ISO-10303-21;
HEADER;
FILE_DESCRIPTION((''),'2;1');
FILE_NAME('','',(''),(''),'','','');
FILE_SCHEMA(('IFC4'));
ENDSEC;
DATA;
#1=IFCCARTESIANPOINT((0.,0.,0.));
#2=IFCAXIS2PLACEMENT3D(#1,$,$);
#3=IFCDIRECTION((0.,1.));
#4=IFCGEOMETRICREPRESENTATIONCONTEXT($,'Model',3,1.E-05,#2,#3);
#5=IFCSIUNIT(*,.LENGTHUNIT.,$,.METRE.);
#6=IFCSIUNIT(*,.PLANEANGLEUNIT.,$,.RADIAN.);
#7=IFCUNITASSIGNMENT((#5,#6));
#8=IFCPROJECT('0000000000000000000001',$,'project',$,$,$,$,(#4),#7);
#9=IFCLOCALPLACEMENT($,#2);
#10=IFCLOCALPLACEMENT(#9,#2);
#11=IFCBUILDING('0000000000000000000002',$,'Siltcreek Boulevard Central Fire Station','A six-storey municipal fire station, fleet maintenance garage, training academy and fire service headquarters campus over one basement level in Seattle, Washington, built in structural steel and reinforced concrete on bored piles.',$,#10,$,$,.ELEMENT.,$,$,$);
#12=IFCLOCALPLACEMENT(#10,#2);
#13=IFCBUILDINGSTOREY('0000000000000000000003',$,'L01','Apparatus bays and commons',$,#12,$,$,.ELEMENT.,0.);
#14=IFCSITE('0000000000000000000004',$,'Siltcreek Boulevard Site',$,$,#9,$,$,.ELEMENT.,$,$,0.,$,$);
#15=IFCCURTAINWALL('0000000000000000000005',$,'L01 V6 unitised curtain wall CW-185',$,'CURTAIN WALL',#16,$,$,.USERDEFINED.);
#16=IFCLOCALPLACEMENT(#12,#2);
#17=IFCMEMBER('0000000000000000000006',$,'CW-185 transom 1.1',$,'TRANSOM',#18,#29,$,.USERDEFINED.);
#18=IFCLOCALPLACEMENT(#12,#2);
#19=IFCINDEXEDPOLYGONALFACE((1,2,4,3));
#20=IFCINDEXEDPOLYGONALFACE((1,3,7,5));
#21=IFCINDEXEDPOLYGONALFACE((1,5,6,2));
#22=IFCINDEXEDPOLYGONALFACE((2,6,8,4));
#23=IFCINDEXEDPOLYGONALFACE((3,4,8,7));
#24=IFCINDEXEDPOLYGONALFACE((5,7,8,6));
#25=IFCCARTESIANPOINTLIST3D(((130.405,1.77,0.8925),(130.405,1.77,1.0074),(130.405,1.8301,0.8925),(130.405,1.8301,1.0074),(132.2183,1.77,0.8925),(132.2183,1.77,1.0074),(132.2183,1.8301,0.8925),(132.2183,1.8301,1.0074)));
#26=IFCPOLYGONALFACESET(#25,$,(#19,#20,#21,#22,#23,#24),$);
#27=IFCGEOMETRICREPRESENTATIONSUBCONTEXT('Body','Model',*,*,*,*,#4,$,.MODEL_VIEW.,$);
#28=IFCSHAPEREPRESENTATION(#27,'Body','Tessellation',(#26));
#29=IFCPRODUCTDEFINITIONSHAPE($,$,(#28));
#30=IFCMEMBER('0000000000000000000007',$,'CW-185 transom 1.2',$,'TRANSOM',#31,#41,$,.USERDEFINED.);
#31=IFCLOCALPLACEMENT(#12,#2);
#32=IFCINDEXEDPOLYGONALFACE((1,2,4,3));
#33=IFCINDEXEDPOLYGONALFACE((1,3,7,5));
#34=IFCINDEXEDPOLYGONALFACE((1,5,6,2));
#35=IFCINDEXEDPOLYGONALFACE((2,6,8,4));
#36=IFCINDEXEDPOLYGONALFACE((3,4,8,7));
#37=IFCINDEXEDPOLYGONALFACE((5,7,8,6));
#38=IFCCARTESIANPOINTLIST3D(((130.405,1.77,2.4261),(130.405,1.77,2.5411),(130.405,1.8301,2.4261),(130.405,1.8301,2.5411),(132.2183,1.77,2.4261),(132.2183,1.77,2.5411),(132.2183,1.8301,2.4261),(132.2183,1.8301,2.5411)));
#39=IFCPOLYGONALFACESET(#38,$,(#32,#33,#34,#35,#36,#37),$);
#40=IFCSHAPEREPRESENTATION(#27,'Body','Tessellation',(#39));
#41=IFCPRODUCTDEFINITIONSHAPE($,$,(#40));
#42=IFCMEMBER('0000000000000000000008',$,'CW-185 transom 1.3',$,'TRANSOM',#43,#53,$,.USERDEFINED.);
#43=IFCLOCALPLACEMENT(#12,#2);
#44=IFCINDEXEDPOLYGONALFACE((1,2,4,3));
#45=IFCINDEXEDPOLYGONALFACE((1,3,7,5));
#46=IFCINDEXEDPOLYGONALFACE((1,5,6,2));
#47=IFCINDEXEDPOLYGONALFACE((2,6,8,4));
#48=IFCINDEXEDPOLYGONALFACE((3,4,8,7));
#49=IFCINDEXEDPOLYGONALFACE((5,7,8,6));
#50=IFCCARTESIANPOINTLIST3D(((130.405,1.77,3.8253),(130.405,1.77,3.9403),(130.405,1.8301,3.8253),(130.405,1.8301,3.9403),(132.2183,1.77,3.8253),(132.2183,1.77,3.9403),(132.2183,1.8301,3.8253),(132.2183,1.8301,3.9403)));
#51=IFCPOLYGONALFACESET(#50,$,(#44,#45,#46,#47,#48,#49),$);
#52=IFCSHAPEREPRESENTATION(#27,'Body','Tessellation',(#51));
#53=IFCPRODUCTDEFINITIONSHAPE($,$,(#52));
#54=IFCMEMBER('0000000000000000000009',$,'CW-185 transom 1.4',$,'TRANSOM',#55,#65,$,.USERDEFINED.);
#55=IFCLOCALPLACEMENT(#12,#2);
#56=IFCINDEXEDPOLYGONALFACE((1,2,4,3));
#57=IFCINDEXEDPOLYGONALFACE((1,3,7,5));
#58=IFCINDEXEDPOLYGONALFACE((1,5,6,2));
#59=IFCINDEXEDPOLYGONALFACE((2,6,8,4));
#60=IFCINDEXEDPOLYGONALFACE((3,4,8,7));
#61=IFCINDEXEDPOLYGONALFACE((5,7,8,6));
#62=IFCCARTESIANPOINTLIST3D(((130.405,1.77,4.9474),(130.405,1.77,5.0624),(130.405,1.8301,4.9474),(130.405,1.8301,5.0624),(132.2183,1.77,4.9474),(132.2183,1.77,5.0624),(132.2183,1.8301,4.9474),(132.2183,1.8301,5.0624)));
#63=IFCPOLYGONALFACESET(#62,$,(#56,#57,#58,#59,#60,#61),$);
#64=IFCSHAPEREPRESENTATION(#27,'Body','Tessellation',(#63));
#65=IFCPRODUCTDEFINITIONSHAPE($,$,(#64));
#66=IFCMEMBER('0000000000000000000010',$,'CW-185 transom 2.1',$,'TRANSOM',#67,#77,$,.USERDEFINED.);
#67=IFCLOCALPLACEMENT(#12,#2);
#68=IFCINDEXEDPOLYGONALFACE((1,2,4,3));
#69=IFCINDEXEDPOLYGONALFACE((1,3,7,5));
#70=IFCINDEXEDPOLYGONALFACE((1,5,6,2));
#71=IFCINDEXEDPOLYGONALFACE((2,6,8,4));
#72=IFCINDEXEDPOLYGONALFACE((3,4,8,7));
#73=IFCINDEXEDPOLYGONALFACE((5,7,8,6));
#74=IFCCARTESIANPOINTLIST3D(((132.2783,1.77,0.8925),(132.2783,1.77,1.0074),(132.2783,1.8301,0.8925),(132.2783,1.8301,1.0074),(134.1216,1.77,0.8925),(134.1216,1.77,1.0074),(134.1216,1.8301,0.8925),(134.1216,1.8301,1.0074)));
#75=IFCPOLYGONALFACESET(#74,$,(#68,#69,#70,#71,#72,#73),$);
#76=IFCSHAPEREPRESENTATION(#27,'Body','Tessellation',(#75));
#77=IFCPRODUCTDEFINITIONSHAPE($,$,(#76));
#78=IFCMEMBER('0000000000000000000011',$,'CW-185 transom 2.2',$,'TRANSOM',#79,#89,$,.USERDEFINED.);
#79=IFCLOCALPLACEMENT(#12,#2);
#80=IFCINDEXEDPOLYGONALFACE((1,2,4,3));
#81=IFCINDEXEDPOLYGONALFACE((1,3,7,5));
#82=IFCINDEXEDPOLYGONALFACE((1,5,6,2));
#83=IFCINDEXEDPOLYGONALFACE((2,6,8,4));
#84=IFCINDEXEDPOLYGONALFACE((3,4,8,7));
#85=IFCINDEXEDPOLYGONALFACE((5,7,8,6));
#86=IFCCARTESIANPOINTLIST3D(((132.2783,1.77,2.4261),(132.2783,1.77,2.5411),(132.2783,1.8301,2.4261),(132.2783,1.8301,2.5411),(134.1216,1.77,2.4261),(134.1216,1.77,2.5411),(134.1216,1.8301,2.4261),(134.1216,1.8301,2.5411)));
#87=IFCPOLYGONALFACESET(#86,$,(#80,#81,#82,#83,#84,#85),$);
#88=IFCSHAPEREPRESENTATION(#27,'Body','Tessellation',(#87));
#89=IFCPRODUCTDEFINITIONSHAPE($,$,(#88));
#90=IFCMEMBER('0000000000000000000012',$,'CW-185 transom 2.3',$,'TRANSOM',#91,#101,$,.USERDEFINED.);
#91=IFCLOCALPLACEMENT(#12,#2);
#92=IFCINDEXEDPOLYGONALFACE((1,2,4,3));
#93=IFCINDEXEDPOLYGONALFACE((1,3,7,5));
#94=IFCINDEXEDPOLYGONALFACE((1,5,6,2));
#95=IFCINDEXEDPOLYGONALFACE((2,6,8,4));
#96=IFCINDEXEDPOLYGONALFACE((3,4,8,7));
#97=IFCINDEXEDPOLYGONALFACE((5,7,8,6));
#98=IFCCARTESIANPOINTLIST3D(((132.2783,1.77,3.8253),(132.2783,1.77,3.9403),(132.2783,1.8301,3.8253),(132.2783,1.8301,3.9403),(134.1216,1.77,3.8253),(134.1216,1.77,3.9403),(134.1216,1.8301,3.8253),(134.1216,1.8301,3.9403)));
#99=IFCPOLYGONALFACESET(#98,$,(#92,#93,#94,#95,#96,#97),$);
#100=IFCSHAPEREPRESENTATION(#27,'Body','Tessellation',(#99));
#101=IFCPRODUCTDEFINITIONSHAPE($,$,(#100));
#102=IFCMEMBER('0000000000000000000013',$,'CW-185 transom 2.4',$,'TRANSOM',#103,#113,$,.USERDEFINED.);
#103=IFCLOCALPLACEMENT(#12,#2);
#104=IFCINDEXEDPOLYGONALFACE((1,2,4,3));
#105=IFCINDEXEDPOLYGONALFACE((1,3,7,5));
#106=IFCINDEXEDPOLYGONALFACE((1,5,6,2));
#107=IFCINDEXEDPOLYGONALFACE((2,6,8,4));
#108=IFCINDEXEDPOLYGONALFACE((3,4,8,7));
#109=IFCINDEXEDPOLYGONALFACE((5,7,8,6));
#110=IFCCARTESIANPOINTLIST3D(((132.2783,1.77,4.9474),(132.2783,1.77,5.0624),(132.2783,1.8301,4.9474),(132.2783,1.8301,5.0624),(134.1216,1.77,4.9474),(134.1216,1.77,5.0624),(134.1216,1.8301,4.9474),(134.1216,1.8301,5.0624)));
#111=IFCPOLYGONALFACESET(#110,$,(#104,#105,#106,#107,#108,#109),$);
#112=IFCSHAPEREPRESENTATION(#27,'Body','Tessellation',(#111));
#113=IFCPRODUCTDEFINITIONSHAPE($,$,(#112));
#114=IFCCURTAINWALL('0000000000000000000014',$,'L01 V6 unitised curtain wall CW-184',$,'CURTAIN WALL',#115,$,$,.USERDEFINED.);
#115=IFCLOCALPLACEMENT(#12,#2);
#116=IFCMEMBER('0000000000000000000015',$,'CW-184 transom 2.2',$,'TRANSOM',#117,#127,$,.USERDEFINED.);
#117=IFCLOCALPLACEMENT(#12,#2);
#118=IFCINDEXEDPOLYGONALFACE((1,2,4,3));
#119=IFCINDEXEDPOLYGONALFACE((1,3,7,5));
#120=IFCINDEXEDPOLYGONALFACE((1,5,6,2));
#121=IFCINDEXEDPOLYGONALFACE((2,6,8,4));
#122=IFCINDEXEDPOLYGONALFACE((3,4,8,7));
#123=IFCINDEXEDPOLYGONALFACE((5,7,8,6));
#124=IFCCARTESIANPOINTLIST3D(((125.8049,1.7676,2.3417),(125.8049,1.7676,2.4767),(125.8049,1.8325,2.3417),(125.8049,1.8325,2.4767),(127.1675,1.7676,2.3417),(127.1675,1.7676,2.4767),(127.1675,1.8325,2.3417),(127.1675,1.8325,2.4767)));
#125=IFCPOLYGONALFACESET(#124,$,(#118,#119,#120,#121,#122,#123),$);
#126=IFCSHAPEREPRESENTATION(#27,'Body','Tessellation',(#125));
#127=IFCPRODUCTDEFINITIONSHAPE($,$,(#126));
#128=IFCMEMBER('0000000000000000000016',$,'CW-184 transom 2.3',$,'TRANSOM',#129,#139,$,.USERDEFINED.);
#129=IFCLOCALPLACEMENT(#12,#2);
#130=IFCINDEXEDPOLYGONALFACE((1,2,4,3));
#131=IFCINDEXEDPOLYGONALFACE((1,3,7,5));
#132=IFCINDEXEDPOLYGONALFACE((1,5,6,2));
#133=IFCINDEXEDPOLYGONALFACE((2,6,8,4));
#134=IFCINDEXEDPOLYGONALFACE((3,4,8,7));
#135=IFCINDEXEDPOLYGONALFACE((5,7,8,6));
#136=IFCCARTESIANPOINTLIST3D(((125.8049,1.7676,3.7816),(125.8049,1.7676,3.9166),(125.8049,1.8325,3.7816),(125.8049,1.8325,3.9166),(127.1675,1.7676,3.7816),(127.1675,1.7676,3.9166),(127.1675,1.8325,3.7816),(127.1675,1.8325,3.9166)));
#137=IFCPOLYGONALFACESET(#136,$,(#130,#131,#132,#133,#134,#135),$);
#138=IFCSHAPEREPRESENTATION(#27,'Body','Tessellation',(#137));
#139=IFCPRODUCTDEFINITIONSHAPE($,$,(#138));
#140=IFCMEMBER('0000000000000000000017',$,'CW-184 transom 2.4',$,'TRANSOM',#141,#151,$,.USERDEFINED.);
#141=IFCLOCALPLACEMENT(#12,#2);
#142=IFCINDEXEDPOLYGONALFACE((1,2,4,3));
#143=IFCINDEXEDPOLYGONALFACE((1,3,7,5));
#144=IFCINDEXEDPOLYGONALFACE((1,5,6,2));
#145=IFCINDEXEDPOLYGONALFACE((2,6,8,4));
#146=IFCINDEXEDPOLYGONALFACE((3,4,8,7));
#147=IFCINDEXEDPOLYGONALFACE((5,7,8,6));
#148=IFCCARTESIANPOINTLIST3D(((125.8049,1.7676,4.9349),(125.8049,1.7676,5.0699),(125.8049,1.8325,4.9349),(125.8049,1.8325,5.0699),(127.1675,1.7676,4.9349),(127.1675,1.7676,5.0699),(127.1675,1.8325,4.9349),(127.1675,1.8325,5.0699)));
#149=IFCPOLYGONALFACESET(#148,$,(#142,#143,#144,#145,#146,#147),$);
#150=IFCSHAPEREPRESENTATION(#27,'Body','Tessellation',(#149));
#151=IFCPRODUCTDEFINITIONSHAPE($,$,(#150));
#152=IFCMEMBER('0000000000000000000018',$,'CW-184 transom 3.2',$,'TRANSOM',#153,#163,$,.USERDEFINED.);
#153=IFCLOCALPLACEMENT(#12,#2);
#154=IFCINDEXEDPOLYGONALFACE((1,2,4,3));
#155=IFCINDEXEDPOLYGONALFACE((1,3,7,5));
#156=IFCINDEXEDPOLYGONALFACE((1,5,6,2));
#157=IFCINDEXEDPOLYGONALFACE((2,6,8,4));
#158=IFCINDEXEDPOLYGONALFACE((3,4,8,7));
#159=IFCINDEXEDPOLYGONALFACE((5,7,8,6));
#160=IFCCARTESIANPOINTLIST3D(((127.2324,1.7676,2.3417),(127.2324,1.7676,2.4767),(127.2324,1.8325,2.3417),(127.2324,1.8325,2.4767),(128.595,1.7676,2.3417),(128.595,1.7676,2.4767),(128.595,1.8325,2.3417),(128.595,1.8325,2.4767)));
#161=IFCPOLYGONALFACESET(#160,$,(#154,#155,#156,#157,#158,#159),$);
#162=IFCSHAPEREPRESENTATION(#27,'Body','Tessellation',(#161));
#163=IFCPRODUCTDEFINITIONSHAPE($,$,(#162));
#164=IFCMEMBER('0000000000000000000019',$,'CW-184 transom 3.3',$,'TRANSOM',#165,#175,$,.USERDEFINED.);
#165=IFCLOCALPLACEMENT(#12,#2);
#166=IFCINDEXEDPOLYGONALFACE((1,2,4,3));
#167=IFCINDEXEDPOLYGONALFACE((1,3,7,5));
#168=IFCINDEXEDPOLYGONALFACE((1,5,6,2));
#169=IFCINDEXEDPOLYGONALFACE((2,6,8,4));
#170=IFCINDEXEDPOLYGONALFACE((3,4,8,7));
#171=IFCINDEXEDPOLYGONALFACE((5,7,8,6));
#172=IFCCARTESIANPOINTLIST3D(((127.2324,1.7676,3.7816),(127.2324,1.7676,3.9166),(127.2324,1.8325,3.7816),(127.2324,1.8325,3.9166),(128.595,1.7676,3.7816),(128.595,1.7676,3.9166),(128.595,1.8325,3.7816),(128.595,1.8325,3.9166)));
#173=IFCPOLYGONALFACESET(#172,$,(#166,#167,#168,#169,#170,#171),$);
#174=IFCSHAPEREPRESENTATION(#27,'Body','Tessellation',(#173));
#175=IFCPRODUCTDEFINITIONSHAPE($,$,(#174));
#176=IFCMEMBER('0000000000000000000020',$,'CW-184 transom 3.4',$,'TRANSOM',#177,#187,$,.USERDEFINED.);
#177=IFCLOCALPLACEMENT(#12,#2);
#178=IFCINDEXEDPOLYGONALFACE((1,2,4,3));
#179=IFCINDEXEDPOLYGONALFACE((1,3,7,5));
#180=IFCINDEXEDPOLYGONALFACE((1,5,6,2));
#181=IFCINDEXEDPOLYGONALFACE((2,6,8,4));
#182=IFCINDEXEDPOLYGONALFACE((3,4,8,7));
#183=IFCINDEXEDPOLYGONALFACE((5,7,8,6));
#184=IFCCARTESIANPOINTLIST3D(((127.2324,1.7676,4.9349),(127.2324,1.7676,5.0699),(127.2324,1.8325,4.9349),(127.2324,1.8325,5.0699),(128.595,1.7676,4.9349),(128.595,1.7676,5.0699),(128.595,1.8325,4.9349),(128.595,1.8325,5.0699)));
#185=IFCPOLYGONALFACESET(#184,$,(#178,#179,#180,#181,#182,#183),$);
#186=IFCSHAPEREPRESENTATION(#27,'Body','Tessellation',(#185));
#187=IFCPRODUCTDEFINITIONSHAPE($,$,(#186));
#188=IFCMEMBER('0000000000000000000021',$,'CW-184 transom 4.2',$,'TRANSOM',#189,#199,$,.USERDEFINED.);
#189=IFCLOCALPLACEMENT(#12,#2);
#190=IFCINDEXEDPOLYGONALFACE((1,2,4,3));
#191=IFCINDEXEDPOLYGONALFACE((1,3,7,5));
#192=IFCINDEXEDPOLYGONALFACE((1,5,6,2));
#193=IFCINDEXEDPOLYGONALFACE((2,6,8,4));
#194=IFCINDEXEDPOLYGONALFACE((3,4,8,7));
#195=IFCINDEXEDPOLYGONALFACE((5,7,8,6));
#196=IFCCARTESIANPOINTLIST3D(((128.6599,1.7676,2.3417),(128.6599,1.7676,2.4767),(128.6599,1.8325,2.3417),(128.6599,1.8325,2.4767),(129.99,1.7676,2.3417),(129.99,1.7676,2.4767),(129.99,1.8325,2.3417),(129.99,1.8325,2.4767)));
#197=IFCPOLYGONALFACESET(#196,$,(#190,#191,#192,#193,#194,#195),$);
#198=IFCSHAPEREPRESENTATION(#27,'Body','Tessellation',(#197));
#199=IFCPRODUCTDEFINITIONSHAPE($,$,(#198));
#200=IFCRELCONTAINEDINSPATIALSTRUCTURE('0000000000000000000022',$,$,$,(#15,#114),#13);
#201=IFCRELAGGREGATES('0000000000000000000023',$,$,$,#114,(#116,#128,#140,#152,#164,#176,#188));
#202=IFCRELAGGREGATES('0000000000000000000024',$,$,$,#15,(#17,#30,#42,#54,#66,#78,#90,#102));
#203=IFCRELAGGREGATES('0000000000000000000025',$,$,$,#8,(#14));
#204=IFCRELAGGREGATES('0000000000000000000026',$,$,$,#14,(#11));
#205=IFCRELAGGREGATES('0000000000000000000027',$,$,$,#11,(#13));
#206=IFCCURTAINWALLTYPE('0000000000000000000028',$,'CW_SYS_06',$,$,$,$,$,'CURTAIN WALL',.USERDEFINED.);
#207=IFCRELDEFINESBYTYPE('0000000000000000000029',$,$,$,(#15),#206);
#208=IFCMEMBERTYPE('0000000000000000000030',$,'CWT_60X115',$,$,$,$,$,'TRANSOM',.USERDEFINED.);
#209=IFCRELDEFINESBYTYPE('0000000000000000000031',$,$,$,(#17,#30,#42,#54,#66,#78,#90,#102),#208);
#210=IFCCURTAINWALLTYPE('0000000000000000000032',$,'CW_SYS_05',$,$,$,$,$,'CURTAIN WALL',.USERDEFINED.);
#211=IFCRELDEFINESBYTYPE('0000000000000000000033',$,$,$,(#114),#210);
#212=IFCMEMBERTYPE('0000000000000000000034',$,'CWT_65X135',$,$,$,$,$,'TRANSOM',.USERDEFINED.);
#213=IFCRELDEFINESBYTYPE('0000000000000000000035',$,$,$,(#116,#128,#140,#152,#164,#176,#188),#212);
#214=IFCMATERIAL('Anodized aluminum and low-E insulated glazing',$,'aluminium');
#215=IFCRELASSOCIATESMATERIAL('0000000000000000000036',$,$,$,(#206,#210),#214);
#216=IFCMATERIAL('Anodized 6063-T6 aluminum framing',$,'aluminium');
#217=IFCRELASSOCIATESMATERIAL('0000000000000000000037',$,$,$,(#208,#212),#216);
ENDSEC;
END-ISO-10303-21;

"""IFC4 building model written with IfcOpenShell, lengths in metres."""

from ifc_helpers import new_model, si_unit, direction, frame, origin, origin_2d, place, context, subcontext, project, spatial, rectangle, extrude, material, material_profile, profile_set, type_object, element, aggregate, save


model = new_model("IFC4")

# Units and contexts
model_context = context("Model", 3, precision=1e-05, world=origin(), true_north=direction((0.0, 1.0)))
body_context = subcontext(model_context, "Body", "Model", "MODEL_VIEW")
ifc_project = project(units=[si_unit("LENGTHUNIT", "METRE"), si_unit("PLANEANGLEUNIT", "RADIAN")], contexts=[model_context])

# Site, building, storey
site_placement = place(None, origin())
site = spatial("IfcSite", under=ifc_project, at=site_placement, Name="Siltcreek Boulevard Site", CompositionType="ELEMENT", RefElevation=0.0)
building_placement = place(site_placement, origin())
building = spatial("IfcBuilding", under=site, at=building_placement, Name="Siltcreek Boulevard Central Fire Station", Description="A six-storey municipal fire station, fleet maintenance garage, training academy and fire service headquarters campus over one basement level in Seattle, Washington, built in structural steel and reinforced concrete on bored piles.", CompositionType="ELEMENT")
storey_placement = place(building_placement, origin())
storey = spatial("IfcBuildingStorey", under=building, at=storey_placement, Name="L01", Description="Apparatus bays and commons", CompositionType="ELEMENT", Elevation=0.0)

# Curtain wall, members
ifc_material_1 = material(Name="Anodized aluminum and low-E insulated glazing", Category="aluminium")
curtain_wall_type_1 = type_object("IfcCurtainWallType", Name="CW_SYS_06", ElementType="CURTAIN WALL", PredefinedType="USERDEFINED", material=ifc_material_1)
curtain_wall_1_placement = place(storey_placement, origin())
curtain_wall_1 = element("IfcCurtainWall", 1, at=curtain_wall_1_placement, inside=storey, type_object=curtain_wall_type_1, Name="L01 V6 unitised curtain wall CW-185", ObjectType="CURTAIN WALL", PredefinedType="USERDEFINED")
ifc_material_2 = material(Name="Anodized 6063-T6 aluminum framing", Category="aluminium")
ifc_material_profile_1 = material_profile(ifc_material_2, rectangle(XDim=0.0601, YDim=0.115, at=origin_2d()), Name="TRAN60X115")
ifc_profile_set_1 = profile_set([ifc_material_profile_1], Name="Anodized 6063-T6 aluminum framing")
member_type_1 = type_object("IfcMemberType", Name="CWT_60X115", ElementType="TRANSOM", PredefinedType="USERDEFINED", material=ifc_profile_set_1)
member_1_placement = place(storey_placement, frame((130.405, 1.8, 0.95), z_axis=(1.0, 0.0, 0.0), x_axis=(0.0, 1.0, 0.0)))
member_1 = element("IfcMember", 2, at=member_1_placement, type_object=member_type_1, Name="CW-185 transom 1.1", ObjectType="TRANSOM", PredefinedType="USERDEFINED", context=body_context, shape_type="SweptSolid", body=[
    extrude(rectangle(XDim=0.0601, YDim=0.115, at=origin_2d()), origin(), (0.0, 0.0, 1.0), 1.8132),
])
member_2_placement = place(storey_placement, frame((130.405, 1.8, 2.4836), z_axis=(1.0, 0.0, 0.0), x_axis=(0.0, 1.0, 0.0)))
member_2 = element("IfcMember", 3, at=member_2_placement, type_object=member_type_1, Name="CW-185 transom 1.2", ObjectType="TRANSOM", PredefinedType="USERDEFINED", context=body_context, shape_type="SweptSolid", body=[
    extrude(rectangle(XDim=0.0601, YDim=0.115, at=origin_2d()), origin(), (0.0, 0.0, 1.0), 1.8132),
])
member_3_placement = place(storey_placement, frame((130.405, 1.8, 3.8828), z_axis=(1.0, 0.0, 0.0), x_axis=(0.0, 1.0, 0.0)))
member_3 = element("IfcMember", 4, at=member_3_placement, type_object=member_type_1, Name="CW-185 transom 1.3", ObjectType="TRANSOM", PredefinedType="USERDEFINED", context=body_context, shape_type="SweptSolid", body=[
    extrude(rectangle(XDim=0.0601, YDim=0.115, at=origin_2d()), origin(), (0.0, 0.0, 1.0), 1.8132),
])
member_4_placement = place(storey_placement, frame((130.405, 1.8, 5.0049), z_axis=(1.0, 0.0, 0.0), x_axis=(0.0, 1.0, 0.0)))
member_4 = element("IfcMember", 5, at=member_4_placement, type_object=member_type_1, Name="CW-185 transom 1.4", ObjectType="TRANSOM", PredefinedType="USERDEFINED", context=body_context, shape_type="SweptSolid", body=[
    extrude(rectangle(XDim=0.0601, YDim=0.115, at=origin_2d()), origin(), (0.0, 0.0, 1.0), 1.8132),
])
member_5_placement = place(storey_placement, frame((132.2783, 1.8, 0.95), z_axis=(1.0, 0.0, 0.0), x_axis=(0.0, 1.0, 0.0)))
member_5 = element("IfcMember", 6, at=member_5_placement, type_object=member_type_1, Name="CW-185 transom 2.1", ObjectType="TRANSOM", PredefinedType="USERDEFINED", context=body_context, shape_type="SweptSolid", body=[
    extrude(rectangle(XDim=0.0601, YDim=0.115, at=origin_2d()), origin(), (0.0, 0.0, 1.0), 1.8433),
])
member_6_placement = place(storey_placement, frame((132.2783, 1.8, 2.4836), z_axis=(1.0, 0.0, 0.0), x_axis=(0.0, 1.0, 0.0)))
member_6 = element("IfcMember", 7, at=member_6_placement, type_object=member_type_1, Name="CW-185 transom 2.2", ObjectType="TRANSOM", PredefinedType="USERDEFINED", context=body_context, shape_type="SweptSolid", body=[
    extrude(rectangle(XDim=0.0601, YDim=0.115, at=origin_2d()), origin(), (0.0, 0.0, 1.0), 1.8433),
])
member_7_placement = place(storey_placement, frame((132.2783, 1.8, 3.8828), z_axis=(1.0, 0.0, 0.0), x_axis=(0.0, 1.0, 0.0)))
member_7 = element("IfcMember", 8, at=member_7_placement, type_object=member_type_1, Name="CW-185 transom 2.3", ObjectType="TRANSOM", PredefinedType="USERDEFINED", context=body_context, shape_type="SweptSolid", body=[
    extrude(rectangle(XDim=0.0601, YDim=0.115, at=origin_2d()), origin(), (0.0, 0.0, 1.0), 1.8433),
])
member_8_placement = place(storey_placement, frame((132.2783, 1.8, 5.0049), z_axis=(1.0, 0.0, 0.0), x_axis=(0.0, 1.0, 0.0)))
member_8 = element("IfcMember", 9, at=member_8_placement, type_object=member_type_1, Name="CW-185 transom 2.4", ObjectType="TRANSOM", PredefinedType="USERDEFINED", context=body_context, shape_type="SweptSolid", body=[
    extrude(rectangle(XDim=0.0601, YDim=0.115, at=origin_2d()), origin(), (0.0, 0.0, 1.0), 1.8433),
])

# Curtain wall, members
curtain_wall_type_2 = type_object("IfcCurtainWallType", Name="CW_SYS_05", ElementType="CURTAIN WALL", PredefinedType="USERDEFINED", material=ifc_material_1)
curtain_wall_2_placement = place(storey_placement, origin())
curtain_wall_2 = element("IfcCurtainWall", 10, at=curtain_wall_2_placement, inside=storey, type_object=curtain_wall_type_2, Name="L01 V6 unitised curtain wall CW-184", ObjectType="CURTAIN WALL", PredefinedType="USERDEFINED")
ifc_material_profile_2 = material_profile(ifc_material_2, rectangle(XDim=0.0649, YDim=0.135, at=origin_2d()), Name="TRAN65X135")
ifc_profile_set_2 = profile_set([ifc_material_profile_2], Name="Anodized 6063-T6 aluminum framing")
member_type_2 = type_object("IfcMemberType", Name="CWT_65X135", ElementType="TRANSOM", PredefinedType="USERDEFINED", material=ifc_profile_set_2)
member_9_placement = place(storey_placement, frame((125.8049, 1.8, 2.4092), z_axis=(1.0, 0.0, 0.0), x_axis=(0.0, 1.0, 0.0)))
member_9 = element("IfcMember", 11, at=member_9_placement, type_object=member_type_2, Name="CW-184 transom 2.2", ObjectType="TRANSOM", PredefinedType="USERDEFINED", context=body_context, shape_type="SweptSolid", body=[
    extrude(rectangle(XDim=0.0649, YDim=0.135, at=origin_2d()), origin(), (0.0, 0.0, 1.0), 1.3625),
])
member_10_placement = place(storey_placement, frame((125.8049, 1.8, 3.8491), z_axis=(1.0, 0.0, 0.0), x_axis=(0.0, 1.0, 0.0)))
member_10 = element("IfcMember", 12, at=member_10_placement, type_object=member_type_2, Name="CW-184 transom 2.3", ObjectType="TRANSOM", PredefinedType="USERDEFINED", context=body_context, shape_type="SweptSolid", body=[
    extrude(rectangle(XDim=0.0649, YDim=0.135, at=origin_2d()), origin(), (0.0, 0.0, 1.0), 1.3625),
])
member_11_placement = place(storey_placement, frame((125.8049, 1.8, 5.0024), z_axis=(1.0, 0.0, 0.0), x_axis=(0.0, 1.0, 0.0)))
member_11 = element("IfcMember", 13, at=member_11_placement, type_object=member_type_2, Name="CW-184 transom 2.4", ObjectType="TRANSOM", PredefinedType="USERDEFINED", context=body_context, shape_type="SweptSolid", body=[
    extrude(rectangle(XDim=0.0649, YDim=0.135, at=origin_2d()), origin(), (0.0, 0.0, 1.0), 1.3625),
])
member_12_placement = place(storey_placement, frame((127.2324, 1.8, 2.4092), z_axis=(1.0, 0.0, 0.0), x_axis=(0.0, 1.0, 0.0)))
member_12 = element("IfcMember", 14, at=member_12_placement, type_object=member_type_2, Name="CW-184 transom 3.2", ObjectType="TRANSOM", PredefinedType="USERDEFINED", context=body_context, shape_type="SweptSolid", body=[
    extrude(rectangle(XDim=0.0649, YDim=0.135, at=origin_2d()), origin(), (0.0, 0.0, 1.0), 1.3625),
])
member_13_placement = place(storey_placement, frame((127.2324, 1.8, 3.8491), z_axis=(1.0, 0.0, 0.0), x_axis=(0.0, 1.0, 0.0)))
member_13 = element("IfcMember", 15, at=member_13_placement, type_object=member_type_2, Name="CW-184 transom 3.3", ObjectType="TRANSOM", PredefinedType="USERDEFINED", context=body_context, shape_type="SweptSolid", body=[
    extrude(rectangle(XDim=0.0649, YDim=0.135, at=origin_2d()), origin(), (0.0, 0.0, 1.0), 1.3625),
])
member_14_placement = place(storey_placement, frame((127.2324, 1.8, 5.0024), z_axis=(1.0, 0.0, 0.0), x_axis=(0.0, 1.0, 0.0)))
member_14 = element("IfcMember", 16, at=member_14_placement, type_object=member_type_2, Name="CW-184 transom 3.4", ObjectType="TRANSOM", PredefinedType="USERDEFINED", context=body_context, shape_type="SweptSolid", body=[
    extrude(rectangle(XDim=0.0649, YDim=0.135, at=origin_2d()), origin(), (0.0, 0.0, 1.0), 1.3625),
])
member_15_placement = place(storey_placement, frame((128.6599, 1.8, 2.4092), z_axis=(1.0, 0.0, 0.0), x_axis=(0.0, 1.0, 0.0)))
member_15 = element("IfcMember", 17, at=member_15_placement, type_object=member_type_2, Name="CW-184 transom 4.2", ObjectType="TRANSOM", PredefinedType="USERDEFINED", context=body_context, shape_type="SweptSolid", body=[
    extrude(rectangle(XDim=0.0649, YDim=0.135, at=origin_2d()), origin(), (0.0, 0.0, 1.0), 1.3301),
])
aggregate(curtain_wall_2, [member_9, member_10, member_11, member_12, member_13, member_14, member_15])

aggregate(curtain_wall_1, [member_1, member_2, member_3, member_4, member_5, member_6, member_7, member_8])

save(model, "model.ifc")
